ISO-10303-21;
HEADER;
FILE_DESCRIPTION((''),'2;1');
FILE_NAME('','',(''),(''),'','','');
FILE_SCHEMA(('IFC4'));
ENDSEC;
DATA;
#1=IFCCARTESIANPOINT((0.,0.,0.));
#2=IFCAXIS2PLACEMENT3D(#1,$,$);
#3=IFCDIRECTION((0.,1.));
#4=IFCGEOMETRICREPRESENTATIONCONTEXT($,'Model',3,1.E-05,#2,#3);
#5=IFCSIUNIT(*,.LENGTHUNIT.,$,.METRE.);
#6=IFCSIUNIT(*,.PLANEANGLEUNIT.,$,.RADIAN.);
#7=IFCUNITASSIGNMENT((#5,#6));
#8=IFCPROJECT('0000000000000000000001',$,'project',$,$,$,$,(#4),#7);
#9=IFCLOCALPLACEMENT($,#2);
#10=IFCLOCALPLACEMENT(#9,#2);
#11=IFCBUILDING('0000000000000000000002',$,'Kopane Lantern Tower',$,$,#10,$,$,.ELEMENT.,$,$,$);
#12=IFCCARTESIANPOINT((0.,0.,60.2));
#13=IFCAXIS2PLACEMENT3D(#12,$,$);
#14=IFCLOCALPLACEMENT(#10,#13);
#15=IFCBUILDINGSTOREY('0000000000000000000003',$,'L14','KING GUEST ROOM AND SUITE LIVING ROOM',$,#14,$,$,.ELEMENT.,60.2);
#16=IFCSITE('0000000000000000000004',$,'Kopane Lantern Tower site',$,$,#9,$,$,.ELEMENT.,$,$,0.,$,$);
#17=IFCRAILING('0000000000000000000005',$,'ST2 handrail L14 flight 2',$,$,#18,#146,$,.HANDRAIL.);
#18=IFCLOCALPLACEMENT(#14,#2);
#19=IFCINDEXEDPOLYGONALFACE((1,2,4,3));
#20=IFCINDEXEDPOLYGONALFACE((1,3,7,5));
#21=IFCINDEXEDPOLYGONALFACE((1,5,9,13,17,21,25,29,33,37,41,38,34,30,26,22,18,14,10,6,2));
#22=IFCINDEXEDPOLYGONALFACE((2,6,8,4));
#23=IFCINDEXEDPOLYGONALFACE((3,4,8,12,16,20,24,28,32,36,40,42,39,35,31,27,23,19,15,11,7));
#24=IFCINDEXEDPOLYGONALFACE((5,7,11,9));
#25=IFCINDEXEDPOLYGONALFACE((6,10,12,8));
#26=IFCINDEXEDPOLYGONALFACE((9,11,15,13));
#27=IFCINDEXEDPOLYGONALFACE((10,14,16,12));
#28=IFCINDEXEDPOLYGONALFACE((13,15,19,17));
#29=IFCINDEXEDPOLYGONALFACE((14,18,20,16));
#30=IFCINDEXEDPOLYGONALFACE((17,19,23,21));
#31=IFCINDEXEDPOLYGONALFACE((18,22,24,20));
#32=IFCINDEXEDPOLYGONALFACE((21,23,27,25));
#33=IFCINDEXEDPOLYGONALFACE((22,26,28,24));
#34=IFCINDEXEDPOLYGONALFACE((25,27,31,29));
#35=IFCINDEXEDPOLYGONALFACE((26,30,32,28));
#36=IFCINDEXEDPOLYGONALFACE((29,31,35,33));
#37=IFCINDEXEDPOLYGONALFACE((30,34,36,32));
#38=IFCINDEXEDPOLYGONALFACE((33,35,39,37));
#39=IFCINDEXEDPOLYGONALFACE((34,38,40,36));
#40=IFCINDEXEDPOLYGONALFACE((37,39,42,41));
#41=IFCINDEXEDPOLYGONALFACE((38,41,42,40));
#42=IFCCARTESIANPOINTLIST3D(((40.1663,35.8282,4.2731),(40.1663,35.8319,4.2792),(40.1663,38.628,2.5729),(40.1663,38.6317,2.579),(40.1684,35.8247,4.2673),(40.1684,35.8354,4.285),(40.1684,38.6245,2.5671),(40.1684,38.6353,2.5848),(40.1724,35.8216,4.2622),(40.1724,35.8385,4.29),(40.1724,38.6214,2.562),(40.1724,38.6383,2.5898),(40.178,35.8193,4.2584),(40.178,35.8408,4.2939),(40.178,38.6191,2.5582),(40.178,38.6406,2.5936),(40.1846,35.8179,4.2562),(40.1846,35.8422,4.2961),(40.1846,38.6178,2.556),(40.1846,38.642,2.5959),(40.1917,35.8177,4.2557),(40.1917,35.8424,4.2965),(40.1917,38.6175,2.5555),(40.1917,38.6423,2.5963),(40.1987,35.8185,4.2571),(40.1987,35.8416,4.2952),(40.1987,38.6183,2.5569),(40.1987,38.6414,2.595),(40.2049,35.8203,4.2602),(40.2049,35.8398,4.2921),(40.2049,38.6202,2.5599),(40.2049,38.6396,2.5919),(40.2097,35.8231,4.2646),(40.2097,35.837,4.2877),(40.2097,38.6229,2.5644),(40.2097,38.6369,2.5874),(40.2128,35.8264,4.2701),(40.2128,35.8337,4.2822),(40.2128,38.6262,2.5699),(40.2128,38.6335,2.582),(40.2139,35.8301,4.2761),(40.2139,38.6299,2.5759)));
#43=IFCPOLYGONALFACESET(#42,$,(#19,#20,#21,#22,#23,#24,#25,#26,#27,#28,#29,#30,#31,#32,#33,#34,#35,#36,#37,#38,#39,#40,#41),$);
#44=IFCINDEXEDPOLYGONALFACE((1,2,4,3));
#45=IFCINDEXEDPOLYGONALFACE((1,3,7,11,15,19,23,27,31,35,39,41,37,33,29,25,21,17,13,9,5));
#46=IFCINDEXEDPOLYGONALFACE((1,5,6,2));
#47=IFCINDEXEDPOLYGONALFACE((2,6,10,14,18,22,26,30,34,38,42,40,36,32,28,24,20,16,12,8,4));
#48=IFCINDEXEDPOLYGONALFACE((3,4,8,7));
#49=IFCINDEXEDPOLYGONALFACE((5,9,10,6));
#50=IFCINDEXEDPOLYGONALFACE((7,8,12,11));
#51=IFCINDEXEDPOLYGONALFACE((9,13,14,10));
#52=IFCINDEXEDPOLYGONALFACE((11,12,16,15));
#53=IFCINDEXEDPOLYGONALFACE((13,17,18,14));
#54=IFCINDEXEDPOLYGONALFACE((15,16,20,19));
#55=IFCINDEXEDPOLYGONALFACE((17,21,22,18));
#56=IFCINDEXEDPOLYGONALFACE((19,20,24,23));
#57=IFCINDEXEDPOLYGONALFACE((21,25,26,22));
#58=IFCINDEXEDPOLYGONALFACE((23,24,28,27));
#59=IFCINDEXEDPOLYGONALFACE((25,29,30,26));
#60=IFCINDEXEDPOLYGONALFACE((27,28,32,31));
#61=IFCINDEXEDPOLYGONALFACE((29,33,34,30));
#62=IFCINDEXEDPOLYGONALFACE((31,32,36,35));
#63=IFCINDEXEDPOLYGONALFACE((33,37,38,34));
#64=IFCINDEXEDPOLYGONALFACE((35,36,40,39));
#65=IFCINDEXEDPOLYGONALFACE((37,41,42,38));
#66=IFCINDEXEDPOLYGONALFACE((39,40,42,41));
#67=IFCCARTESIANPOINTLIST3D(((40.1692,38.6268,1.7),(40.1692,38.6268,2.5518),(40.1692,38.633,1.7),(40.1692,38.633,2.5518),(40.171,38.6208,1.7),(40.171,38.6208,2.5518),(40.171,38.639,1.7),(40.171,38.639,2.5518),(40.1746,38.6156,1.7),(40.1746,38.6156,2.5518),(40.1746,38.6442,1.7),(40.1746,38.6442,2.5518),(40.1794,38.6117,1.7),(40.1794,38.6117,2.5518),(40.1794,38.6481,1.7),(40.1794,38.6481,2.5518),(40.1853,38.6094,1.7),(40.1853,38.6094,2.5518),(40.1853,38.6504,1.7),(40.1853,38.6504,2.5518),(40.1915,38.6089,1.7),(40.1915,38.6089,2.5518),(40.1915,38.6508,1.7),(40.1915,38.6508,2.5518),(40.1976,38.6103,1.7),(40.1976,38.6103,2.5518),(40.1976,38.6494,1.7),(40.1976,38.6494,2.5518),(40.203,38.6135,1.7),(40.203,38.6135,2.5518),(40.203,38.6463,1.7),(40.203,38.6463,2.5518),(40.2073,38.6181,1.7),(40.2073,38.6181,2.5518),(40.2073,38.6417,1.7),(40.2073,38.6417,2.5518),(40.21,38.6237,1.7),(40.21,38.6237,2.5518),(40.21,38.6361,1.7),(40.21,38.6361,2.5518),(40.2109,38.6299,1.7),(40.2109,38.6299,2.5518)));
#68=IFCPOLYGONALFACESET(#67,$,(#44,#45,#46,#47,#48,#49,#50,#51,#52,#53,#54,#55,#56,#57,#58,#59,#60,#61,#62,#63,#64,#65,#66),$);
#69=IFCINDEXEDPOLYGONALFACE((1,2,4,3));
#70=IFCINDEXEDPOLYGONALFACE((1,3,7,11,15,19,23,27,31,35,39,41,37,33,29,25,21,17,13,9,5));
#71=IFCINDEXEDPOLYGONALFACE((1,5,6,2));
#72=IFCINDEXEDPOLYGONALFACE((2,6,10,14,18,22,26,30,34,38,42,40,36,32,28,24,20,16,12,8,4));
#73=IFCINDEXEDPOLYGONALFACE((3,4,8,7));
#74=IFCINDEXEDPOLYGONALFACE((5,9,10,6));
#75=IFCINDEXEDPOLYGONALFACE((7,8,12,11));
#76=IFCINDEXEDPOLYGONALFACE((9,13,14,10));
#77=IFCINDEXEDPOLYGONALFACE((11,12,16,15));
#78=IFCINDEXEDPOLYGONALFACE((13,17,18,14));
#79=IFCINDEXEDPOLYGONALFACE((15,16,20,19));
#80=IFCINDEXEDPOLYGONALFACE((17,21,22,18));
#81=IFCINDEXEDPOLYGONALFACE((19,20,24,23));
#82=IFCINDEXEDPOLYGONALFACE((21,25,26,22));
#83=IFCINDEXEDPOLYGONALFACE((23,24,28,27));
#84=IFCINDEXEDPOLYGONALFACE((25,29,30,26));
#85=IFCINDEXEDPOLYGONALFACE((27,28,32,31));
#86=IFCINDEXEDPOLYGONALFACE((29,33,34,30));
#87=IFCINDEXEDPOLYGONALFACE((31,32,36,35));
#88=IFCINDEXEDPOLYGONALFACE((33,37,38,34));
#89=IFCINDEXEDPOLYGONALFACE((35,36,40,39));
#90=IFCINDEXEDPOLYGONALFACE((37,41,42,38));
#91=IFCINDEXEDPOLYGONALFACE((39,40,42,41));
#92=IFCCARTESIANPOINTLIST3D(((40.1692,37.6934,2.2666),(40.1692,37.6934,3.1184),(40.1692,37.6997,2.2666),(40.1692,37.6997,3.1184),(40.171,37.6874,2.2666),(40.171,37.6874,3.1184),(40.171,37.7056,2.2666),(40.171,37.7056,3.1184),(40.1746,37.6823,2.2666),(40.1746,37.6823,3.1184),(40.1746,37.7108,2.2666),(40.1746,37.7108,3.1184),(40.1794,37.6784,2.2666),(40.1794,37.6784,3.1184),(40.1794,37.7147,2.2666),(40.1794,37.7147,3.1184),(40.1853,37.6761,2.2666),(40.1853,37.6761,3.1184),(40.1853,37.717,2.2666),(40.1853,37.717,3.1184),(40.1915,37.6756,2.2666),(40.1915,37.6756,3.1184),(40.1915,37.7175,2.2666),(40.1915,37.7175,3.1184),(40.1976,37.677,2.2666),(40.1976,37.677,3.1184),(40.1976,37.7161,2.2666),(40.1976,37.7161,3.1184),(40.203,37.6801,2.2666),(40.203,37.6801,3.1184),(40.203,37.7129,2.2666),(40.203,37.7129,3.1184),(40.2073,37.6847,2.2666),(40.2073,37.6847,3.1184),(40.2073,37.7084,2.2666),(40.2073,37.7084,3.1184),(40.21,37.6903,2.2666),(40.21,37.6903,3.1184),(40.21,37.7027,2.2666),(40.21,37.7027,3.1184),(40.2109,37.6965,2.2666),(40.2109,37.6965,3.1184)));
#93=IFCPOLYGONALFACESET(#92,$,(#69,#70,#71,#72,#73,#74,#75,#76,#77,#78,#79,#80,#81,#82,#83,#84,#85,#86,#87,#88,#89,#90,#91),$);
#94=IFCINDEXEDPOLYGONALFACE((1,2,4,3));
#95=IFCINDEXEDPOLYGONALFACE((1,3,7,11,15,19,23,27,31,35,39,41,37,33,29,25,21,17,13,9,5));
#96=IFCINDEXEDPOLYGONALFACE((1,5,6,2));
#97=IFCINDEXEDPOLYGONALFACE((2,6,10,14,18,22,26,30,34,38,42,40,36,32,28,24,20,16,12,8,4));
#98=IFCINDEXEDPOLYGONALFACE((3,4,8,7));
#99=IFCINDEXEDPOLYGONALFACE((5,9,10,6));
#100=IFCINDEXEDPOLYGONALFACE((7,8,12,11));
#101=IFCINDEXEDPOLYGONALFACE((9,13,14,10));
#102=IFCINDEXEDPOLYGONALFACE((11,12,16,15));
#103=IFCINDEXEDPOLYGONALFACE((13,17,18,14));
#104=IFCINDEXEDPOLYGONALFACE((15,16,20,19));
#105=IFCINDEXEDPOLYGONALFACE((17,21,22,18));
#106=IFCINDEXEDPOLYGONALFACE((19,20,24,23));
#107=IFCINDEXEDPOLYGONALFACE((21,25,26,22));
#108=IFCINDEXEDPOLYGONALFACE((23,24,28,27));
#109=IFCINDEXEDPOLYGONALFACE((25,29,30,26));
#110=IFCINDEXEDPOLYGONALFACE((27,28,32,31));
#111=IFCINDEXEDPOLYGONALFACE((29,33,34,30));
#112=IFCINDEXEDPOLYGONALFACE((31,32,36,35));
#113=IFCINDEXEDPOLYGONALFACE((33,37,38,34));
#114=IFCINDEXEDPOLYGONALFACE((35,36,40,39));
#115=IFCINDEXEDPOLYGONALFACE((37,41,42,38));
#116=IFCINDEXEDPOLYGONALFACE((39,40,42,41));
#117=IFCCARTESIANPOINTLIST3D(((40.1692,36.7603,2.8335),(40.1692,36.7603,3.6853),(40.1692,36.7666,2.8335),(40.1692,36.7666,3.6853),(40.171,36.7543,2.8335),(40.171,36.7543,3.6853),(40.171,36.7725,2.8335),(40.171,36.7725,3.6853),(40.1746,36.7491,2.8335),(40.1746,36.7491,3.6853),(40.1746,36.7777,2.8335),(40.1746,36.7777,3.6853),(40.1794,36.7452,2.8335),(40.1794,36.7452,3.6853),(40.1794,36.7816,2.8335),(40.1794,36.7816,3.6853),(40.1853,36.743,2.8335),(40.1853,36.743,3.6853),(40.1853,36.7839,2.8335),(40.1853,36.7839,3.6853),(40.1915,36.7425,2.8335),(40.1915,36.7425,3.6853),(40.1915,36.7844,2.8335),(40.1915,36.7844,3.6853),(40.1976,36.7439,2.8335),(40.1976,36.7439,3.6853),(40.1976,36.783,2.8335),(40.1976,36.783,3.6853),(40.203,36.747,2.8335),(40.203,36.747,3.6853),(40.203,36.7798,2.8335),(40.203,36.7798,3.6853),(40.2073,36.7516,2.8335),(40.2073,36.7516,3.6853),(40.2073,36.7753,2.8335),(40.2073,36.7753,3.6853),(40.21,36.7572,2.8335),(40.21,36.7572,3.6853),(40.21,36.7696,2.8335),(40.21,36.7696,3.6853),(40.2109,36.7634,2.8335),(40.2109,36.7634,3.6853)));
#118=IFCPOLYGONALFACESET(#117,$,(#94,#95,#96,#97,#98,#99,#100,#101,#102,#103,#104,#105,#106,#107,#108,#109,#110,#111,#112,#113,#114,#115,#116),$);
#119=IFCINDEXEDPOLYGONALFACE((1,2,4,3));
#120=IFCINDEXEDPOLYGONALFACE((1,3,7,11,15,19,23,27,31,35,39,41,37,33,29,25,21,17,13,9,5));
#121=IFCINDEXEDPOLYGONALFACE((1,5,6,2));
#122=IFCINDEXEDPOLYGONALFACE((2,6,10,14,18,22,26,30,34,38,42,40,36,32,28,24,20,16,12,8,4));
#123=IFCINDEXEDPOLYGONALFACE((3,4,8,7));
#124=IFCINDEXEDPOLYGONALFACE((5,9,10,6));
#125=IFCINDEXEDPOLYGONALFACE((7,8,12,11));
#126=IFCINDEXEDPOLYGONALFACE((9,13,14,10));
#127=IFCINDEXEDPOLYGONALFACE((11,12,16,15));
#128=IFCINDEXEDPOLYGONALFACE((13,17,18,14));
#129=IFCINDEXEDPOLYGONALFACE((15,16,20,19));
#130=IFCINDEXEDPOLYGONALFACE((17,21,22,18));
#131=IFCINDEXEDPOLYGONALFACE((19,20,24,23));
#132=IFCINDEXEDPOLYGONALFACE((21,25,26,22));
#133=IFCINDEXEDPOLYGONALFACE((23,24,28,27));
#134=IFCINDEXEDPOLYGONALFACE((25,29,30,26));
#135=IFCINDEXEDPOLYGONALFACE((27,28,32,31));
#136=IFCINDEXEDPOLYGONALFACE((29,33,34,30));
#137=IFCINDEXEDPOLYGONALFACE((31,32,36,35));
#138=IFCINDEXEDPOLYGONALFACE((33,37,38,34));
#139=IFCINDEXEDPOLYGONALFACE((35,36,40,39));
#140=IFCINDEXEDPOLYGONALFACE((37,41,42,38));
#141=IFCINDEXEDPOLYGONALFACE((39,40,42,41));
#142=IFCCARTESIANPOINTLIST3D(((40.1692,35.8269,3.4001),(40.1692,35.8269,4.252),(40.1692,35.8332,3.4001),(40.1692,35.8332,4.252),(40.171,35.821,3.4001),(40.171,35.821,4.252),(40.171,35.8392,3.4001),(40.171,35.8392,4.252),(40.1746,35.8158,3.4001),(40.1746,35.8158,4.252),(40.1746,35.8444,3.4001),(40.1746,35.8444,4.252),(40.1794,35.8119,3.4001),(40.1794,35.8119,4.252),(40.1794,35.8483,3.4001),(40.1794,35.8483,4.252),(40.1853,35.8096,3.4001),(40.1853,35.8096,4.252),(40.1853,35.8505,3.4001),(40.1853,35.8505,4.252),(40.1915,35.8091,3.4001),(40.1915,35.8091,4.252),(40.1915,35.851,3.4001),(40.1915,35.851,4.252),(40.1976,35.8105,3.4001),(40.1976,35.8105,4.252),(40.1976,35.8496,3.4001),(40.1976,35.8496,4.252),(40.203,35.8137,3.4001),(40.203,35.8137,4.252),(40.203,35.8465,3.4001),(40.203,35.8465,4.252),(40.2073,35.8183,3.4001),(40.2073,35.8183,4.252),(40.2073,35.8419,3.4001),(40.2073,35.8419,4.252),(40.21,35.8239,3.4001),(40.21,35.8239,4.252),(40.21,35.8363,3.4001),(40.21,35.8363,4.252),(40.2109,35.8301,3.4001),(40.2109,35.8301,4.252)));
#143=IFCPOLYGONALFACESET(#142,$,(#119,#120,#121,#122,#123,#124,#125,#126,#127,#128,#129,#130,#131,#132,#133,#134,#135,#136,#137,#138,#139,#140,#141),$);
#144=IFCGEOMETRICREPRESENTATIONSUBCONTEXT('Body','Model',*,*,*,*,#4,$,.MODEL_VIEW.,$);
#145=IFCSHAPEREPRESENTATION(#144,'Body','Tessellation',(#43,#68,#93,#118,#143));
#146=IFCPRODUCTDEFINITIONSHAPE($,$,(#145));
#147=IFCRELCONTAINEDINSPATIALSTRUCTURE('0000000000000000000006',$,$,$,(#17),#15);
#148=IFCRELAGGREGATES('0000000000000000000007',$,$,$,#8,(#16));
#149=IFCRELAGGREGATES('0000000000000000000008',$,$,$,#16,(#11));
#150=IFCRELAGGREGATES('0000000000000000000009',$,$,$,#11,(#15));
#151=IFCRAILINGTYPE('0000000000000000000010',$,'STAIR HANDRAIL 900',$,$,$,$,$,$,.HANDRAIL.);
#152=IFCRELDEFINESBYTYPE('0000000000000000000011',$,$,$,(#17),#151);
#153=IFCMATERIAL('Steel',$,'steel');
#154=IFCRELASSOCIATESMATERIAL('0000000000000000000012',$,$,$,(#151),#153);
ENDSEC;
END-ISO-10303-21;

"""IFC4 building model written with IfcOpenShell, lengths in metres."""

from ifc_helpers import new_model, si_unit, direction, frame, origin, origin_2d, place, context, subcontext, project, spatial, circle, extrude, material, type_object, element, save


model = new_model("IFC4")

# Units and contexts
model_context = context("Model", 3, precision=1e-05, world=origin(), true_north=direction((0.0, 1.0)))
body_context = subcontext(model_context, "Body", "Model", "MODEL_VIEW")
ifc_project = project(units=[si_unit("LENGTHUNIT", "METRE"), si_unit("PLANEANGLEUNIT", "RADIAN")], contexts=[model_context])

# Site, building, storey
site_placement = place(None, origin())
site = spatial("IfcSite", under=ifc_project, at=site_placement, Name="Kopane Lantern Tower site", CompositionType="ELEMENT", RefElevation=0.0)
building_placement = place(site_placement, origin())
building = spatial("IfcBuilding", under=site, at=building_placement, Name="Kopane Lantern Tower", CompositionType="ELEMENT")
storey_placement = place(building_placement, frame((0.0, 0.0, 60.2)))
storey = spatial("IfcBuildingStorey", under=building, at=storey_placement, Name="L14", Description="KING GUEST ROOM AND SUITE LIVING ROOM", CompositionType="ELEMENT", Elevation=60.2)

# Railing
ifc_material_1 = material(Name="Steel", Category="steel")
railing_type = type_object("IfcRailingType", Name="STAIR HANDRAIL 900", PredefinedType="HANDRAIL", material=ifc_material_1)
for number, where, name in (
    (1, (40.1899, 38.6299, 1.7), "ST2 handrail L14 flight 2"),
):
    element("IfcRailing", number, at=place(storey_placement, frame(where)), inside=storey, type_object=railing_type, Name=name, PredefinedType="HANDRAIL", context=body_context, shape_type="SweptSolid", body=[
        extrude(circle(Radius=0.0239, at=origin_2d()), frame((0.0, 0.0, 0.876), z_axis=(0.0, -0.854745, 0.519048), x_axis=(1.0, 0.0, 0.0)), (0.0, 0.0, 1.0), 3.2756),
        extrude(circle(Radius=0.021, at=origin_2d()), origin(), (0.0, 0.0, 1.0), 0.8518),
        extrude(circle(Radius=0.021, at=origin_2d()), frame((0.0, -0.9333, 0.5667)), (0.0, 0.0, 1.0), 0.8518),
        extrude(circle(Radius=0.021, at=origin_2d()), frame((0.0, -1.8665, 1.1335)), (0.0, 0.0, 1.0), 0.8518),
        extrude(circle(Radius=0.021, at=origin_2d()), frame((0.0, -2.7998, 1.7002)), (0.0, 0.0, 1.0), 0.8518),
    ])

save(model, "model.ifc")
